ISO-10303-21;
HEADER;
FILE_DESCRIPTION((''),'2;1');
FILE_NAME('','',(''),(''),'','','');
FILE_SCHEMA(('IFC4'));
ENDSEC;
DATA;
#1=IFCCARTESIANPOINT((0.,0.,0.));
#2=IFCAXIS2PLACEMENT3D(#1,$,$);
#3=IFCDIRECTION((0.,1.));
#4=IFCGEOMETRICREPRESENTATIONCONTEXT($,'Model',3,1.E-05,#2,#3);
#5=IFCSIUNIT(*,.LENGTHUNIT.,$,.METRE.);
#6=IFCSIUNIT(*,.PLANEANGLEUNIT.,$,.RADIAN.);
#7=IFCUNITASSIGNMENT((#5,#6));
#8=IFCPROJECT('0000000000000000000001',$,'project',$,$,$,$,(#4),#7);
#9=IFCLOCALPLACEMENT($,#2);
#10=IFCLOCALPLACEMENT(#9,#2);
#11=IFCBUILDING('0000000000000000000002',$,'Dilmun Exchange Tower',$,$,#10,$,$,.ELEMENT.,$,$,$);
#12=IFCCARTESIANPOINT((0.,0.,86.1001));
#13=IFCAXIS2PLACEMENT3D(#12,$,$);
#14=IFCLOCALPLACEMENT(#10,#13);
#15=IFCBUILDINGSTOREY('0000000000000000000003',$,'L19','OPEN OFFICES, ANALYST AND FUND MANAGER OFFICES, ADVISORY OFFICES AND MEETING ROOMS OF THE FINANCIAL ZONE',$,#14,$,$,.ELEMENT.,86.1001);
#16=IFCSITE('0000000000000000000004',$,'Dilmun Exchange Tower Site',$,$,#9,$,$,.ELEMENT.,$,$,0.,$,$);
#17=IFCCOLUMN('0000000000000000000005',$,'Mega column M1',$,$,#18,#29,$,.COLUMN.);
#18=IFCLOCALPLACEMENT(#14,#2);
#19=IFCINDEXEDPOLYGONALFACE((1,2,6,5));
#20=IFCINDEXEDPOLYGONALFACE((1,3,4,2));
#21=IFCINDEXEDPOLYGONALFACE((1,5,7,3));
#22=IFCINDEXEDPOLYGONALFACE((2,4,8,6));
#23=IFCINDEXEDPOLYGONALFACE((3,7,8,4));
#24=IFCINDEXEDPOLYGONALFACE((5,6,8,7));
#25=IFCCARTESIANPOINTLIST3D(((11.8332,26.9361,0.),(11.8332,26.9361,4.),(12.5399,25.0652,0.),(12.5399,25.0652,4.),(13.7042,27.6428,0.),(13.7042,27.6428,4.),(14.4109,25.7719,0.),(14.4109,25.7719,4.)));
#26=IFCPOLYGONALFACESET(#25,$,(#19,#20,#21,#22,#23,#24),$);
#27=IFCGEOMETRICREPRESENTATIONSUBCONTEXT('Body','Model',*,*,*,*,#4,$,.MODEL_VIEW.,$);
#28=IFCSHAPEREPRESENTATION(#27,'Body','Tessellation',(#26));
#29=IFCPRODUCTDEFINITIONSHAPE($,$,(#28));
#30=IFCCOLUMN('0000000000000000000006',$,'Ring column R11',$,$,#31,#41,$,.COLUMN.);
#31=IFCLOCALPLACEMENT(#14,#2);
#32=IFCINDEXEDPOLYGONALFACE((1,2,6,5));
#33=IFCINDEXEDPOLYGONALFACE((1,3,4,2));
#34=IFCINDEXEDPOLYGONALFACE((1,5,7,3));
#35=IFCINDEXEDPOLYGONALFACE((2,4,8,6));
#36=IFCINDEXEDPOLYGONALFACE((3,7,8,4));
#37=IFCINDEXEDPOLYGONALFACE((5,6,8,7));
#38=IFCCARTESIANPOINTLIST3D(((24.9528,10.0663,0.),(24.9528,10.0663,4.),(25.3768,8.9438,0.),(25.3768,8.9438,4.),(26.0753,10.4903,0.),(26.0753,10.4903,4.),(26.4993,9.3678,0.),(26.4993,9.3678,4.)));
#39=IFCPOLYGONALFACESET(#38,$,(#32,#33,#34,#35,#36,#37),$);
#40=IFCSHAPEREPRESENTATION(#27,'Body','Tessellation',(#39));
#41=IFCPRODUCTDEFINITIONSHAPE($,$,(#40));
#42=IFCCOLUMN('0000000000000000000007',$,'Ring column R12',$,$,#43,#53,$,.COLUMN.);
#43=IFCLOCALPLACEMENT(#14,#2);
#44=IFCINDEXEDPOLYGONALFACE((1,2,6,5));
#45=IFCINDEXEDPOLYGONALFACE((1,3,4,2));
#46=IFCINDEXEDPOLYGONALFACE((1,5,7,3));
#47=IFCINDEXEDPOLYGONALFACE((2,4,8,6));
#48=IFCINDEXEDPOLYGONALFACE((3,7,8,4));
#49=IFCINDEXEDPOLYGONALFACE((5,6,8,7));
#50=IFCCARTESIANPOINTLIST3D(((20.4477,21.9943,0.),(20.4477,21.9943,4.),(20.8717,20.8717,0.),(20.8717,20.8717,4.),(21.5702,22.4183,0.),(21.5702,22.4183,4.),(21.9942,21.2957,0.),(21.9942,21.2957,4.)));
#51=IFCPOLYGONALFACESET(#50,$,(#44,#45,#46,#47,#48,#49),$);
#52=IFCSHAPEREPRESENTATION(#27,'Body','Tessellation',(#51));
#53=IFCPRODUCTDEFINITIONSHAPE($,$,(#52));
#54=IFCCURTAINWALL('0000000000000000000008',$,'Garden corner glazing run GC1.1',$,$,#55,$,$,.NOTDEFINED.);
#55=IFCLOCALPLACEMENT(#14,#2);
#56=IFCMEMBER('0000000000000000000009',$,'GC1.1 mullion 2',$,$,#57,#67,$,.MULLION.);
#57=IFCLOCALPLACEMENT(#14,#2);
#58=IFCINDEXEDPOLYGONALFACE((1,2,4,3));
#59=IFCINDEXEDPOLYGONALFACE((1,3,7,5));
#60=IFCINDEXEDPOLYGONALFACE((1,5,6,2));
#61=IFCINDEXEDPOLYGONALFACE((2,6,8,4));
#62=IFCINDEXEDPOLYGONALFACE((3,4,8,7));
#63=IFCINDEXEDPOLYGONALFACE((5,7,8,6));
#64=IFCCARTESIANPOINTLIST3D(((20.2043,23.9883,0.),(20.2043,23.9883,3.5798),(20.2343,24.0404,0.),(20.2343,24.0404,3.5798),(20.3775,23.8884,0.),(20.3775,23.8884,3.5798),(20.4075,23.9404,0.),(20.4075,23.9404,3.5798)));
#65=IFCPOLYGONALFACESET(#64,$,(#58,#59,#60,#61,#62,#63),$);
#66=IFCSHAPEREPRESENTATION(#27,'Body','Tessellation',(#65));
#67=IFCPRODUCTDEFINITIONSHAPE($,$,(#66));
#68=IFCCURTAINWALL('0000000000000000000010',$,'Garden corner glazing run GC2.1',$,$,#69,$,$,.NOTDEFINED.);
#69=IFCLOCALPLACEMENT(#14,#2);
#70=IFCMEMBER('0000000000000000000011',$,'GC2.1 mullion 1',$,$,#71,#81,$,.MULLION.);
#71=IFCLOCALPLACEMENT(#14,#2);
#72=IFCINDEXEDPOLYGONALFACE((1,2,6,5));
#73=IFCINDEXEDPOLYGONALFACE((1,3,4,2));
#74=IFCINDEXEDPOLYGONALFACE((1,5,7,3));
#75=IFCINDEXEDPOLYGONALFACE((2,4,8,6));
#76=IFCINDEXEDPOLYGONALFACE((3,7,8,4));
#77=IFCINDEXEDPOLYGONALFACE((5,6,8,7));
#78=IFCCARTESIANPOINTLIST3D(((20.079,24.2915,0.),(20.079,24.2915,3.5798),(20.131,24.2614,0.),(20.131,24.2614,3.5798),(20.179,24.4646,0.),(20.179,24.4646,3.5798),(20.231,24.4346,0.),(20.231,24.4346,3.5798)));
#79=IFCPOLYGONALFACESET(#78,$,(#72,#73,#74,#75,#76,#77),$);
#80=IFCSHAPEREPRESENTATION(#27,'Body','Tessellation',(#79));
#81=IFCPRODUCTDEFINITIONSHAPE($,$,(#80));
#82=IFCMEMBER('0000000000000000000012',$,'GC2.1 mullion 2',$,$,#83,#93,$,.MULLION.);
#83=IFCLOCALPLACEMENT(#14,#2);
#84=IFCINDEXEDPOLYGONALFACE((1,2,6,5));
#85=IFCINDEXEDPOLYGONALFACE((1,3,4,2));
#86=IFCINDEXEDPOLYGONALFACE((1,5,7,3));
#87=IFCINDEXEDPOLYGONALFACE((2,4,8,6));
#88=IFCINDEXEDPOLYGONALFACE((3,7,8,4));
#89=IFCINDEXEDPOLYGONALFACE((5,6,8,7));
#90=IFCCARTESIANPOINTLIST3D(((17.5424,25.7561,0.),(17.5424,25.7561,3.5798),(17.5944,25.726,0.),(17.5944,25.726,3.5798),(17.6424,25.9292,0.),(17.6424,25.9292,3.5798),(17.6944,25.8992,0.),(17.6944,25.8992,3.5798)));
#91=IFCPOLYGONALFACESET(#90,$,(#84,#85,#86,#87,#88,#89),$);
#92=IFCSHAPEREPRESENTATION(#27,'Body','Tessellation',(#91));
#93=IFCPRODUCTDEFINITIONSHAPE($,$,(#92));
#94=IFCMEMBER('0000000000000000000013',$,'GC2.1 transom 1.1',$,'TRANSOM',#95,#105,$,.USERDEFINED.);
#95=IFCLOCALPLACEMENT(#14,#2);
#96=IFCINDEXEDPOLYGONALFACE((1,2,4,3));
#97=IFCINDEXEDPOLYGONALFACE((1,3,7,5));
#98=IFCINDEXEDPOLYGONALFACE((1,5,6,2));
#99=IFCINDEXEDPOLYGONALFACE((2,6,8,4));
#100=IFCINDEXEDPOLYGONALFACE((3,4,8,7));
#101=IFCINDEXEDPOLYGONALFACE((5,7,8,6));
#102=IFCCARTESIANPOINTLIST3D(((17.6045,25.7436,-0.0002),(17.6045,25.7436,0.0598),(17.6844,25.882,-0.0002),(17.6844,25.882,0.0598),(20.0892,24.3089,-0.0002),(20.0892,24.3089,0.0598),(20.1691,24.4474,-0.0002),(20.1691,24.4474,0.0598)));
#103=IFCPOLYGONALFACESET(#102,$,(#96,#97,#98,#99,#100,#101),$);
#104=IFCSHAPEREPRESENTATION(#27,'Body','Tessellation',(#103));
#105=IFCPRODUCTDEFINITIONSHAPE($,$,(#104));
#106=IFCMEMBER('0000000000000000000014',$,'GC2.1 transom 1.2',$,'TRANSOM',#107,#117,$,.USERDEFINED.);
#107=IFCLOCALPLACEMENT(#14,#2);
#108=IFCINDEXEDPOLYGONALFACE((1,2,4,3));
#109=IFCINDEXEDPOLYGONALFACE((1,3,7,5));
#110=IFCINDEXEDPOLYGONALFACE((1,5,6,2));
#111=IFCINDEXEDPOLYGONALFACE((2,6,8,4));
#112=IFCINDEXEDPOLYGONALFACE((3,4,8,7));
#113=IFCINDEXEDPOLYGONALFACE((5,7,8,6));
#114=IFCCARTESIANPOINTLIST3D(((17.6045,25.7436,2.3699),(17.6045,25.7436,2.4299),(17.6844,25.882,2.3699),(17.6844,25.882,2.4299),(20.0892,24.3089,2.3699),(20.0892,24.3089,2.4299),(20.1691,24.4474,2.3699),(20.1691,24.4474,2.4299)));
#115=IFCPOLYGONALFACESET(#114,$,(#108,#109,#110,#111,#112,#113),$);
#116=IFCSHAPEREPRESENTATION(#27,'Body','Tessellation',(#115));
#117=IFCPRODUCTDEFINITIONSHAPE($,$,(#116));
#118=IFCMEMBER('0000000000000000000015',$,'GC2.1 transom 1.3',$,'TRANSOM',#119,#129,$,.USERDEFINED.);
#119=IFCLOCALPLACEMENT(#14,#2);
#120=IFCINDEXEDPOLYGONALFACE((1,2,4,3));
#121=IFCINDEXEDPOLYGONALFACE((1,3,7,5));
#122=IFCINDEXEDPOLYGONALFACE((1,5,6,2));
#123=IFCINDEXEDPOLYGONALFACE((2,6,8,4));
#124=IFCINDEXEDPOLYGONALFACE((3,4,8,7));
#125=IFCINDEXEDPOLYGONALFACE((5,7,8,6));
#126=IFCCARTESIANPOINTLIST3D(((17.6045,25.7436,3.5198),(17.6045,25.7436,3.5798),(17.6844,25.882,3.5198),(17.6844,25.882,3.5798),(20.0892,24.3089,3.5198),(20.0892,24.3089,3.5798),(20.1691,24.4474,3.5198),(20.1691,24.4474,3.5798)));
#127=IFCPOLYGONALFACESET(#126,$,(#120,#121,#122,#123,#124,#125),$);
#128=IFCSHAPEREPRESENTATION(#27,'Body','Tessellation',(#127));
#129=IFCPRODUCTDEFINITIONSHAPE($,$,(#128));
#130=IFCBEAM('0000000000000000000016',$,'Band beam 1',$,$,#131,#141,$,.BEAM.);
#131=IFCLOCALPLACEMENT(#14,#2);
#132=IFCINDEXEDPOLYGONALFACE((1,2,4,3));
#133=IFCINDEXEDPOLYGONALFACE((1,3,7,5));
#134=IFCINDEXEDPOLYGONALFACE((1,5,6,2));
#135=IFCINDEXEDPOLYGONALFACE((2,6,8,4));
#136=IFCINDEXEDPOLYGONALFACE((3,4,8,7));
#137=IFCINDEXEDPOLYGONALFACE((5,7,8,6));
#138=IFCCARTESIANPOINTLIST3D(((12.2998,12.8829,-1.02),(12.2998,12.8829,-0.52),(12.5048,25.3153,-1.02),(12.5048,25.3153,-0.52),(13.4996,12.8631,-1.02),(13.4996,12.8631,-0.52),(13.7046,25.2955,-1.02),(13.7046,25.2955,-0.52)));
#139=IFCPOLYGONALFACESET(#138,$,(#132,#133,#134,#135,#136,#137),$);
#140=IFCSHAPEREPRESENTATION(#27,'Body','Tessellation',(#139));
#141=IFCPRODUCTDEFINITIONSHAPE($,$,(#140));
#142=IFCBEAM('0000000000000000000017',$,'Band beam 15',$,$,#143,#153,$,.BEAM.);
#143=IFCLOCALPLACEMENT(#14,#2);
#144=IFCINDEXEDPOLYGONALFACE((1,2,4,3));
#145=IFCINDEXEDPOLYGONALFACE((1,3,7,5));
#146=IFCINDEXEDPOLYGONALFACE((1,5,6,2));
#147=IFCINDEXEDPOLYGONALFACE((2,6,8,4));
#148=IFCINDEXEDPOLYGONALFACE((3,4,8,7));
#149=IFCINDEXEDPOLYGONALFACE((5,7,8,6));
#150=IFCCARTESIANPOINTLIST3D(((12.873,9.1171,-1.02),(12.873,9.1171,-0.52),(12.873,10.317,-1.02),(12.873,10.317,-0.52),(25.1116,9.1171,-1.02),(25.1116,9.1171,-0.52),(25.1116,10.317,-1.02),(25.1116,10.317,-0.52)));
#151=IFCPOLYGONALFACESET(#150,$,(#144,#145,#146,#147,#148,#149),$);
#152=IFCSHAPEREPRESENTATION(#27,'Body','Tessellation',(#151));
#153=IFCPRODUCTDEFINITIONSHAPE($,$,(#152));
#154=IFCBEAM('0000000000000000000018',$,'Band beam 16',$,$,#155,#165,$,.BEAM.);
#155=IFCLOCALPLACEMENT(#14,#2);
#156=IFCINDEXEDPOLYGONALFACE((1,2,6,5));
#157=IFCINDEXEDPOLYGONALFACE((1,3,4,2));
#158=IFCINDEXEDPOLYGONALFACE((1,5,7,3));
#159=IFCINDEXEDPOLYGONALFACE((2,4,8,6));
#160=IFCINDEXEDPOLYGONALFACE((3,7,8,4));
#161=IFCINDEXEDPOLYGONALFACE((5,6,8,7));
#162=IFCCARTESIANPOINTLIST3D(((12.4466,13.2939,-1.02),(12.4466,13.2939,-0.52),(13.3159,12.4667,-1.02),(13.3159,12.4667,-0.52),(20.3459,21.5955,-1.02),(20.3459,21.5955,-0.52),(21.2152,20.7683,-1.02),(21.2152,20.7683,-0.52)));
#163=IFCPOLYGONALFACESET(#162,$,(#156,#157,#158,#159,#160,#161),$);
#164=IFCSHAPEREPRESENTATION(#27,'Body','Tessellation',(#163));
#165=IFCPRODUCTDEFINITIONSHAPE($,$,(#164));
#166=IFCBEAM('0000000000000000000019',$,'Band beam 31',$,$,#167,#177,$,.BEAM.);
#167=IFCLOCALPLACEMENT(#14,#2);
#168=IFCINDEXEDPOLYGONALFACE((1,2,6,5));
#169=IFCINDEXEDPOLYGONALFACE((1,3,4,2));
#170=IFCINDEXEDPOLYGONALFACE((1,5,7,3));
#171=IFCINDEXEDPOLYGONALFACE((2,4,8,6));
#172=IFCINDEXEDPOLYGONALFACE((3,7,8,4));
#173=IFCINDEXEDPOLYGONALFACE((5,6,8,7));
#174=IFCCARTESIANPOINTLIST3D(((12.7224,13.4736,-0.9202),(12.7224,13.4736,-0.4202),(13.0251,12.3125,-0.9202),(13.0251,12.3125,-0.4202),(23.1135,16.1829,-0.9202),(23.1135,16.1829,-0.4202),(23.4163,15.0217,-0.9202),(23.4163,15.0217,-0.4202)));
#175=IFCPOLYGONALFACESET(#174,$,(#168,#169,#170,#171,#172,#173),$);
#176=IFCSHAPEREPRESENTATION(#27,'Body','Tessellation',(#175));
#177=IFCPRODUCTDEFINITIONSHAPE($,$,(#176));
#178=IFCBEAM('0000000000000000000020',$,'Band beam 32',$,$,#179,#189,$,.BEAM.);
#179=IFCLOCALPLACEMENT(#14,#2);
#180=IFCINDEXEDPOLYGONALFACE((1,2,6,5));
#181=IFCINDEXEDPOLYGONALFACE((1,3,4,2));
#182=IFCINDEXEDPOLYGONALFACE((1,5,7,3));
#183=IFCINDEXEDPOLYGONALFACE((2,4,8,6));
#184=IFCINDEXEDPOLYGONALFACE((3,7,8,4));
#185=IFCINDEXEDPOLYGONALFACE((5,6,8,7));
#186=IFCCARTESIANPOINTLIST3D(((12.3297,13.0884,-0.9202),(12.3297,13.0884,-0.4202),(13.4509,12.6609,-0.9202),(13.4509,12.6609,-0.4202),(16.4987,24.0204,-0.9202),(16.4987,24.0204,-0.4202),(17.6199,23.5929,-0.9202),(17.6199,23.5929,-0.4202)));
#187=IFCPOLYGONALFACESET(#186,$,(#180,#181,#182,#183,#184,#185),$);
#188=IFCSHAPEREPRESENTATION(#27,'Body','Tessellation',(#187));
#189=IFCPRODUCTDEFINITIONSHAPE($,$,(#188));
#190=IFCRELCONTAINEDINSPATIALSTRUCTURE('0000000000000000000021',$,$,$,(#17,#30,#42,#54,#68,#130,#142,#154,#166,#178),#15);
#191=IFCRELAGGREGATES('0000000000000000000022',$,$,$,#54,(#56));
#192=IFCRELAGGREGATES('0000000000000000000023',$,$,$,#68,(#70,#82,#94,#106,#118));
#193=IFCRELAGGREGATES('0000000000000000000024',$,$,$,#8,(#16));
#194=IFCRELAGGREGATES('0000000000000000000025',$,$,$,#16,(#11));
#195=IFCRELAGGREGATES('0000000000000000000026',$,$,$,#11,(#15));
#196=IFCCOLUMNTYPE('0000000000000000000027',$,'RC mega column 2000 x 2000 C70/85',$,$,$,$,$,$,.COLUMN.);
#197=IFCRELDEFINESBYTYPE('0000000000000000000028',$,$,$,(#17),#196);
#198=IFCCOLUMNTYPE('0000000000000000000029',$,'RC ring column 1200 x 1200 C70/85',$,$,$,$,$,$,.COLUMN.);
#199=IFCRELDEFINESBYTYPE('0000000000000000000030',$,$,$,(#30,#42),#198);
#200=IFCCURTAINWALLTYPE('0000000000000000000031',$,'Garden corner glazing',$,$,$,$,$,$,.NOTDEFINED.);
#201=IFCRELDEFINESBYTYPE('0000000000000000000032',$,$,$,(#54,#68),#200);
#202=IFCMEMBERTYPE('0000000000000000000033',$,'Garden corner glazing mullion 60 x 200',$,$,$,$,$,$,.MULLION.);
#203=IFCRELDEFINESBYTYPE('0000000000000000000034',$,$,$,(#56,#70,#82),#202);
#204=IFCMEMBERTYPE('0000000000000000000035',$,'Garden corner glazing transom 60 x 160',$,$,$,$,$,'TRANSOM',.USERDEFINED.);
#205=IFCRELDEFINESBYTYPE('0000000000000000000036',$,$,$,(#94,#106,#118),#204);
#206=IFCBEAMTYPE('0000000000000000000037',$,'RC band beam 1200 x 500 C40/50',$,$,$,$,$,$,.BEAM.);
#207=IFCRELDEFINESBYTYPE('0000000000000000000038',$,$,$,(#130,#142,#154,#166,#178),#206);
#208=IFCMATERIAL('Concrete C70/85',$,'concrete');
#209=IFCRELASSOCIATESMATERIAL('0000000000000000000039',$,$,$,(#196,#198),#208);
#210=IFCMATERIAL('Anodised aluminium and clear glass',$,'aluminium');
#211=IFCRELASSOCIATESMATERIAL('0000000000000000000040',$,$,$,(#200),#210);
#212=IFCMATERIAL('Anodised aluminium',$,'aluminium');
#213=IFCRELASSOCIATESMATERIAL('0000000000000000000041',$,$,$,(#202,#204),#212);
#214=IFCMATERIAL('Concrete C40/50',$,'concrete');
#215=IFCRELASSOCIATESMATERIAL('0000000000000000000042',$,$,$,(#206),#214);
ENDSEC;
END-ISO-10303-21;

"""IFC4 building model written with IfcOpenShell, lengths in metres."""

from ifc_helpers import new_model, si_unit, direction, frame, origin, origin_2d, place, context, subcontext, project, spatial, rectangle, extrude, material, material_profile, profile_set, type_object, element, aggregate, save


model = new_model("IFC4")

# Units and contexts
model_context = context("Model", 3, precision=1e-05, world=origin(), true_north=direction((0.0, 1.0)))
body_context = subcontext(model_context, "Body", "Model", "MODEL_VIEW")
ifc_project = project(units=[si_unit("LENGTHUNIT", "METRE"), si_unit("PLANEANGLEUNIT", "RADIAN")], contexts=[model_context])

# Site, building, storey
site_placement = place(None, origin())
site = spatial("IfcSite", under=ifc_project, at=site_placement, Name="Dilmun Exchange Tower Site", CompositionType="ELEMENT", RefElevation=0.0)
building_placement = place(site_placement, origin())
building = spatial("IfcBuilding", under=site, at=building_placement, Name="Dilmun Exchange Tower", CompositionType="ELEMENT")
storey_placement = place(building_placement, frame((0.0, 0.0, 86.1001)))
storey = spatial("IfcBuildingStorey", under=building, at=storey_placement, Name="L19", Description="OPEN OFFICES, ANALYST AND FUND MANAGER OFFICES, ADVISORY OFFICES AND MEETING ROOMS OF THE FINANCIAL ZONE", CompositionType="ELEMENT", Elevation=86.1001)

# Columns
ifc_material_1 = material(Name="Concrete C70/85", Category="concrete")
ifc_material_profile_1 = material_profile(ifc_material_1, rectangle(XDim=2.0, YDim=2.0, at=origin_2d()), Name="2000 x 2000")
ifc_profile_set_1 = profile_set([ifc_material_profile_1], Name="Concrete C70/85")
column_type_1 = type_object("IfcColumnType", Name="RC mega column 2000 x 2000 C70/85", PredefinedType="COLUMN", material=ifc_profile_set_1)
column_placement = place(storey_placement, frame((13.1221, 26.354, 0.0), z_axis=(0.0, 0.0, 1.0), x_axis=(0.935492, 0.353349, 0.0)))
element("IfcColumn", 1, at=column_placement, inside=storey, type_object=column_type_1, Name="Mega column M1", PredefinedType="COLUMN", context=body_context, shape_type="SweptSolid", body=[
    extrude(rectangle(XDim=2.0, YDim=2.0, at=origin_2d()), origin(), (0.0, 0.0, 1.0), 4.0),
])
ifc_material_profile_2 = material_profile(ifc_material_1, rectangle(XDim=1.2, YDim=1.2, at=origin_2d()), Name="1200 x 1200")
ifc_profile_set_2 = profile_set([ifc_material_profile_2], Name="Concrete C70/85")
column_type_2 = type_object("IfcColumnType", Name="RC ring column 1200 x 1200 C70/85", PredefinedType="COLUMN", material=ifc_profile_set_2)
for number, where, z_axis, x_axis, name in (
    (2, (25.7261, 9.717, 0.0), (0.0, 0.0, 1.0), (0.935492, 0.353349, 0.0), "Ring column R11"),
    (3, (21.2209, 21.645, 0.0), (0.0, 0.0, 1.0), (0.935492, 0.353349, 0.0), "Ring column R12"),
):
    element("IfcColumn", number, at=place(storey_placement, frame(where, z_axis=z_axis, x_axis=x_axis)), inside=storey, type_object=column_type_2, Name=name, PredefinedType="COLUMN", context=body_context, shape_type="SweptSolid", body=[
        extrude(rectangle(XDim=1.2, YDim=1.2, at=origin_2d()), origin(), (0.0, 0.0, 1.0), 4.0),
    ])

# Curtain wall, member
ifc_material_2 = material(Name="Anodised aluminium and clear glass", Category="aluminium")
curtain_wall_type = type_object("IfcCurtainWallType", Name="Garden corner glazing", PredefinedType="NOTDEFINED", material=ifc_material_2)
curtain_wall_1_placement = place(storey_placement, origin())
curtain_wall_1 = element("IfcCurtainWall", 4, at=curtain_wall_1_placement, inside=storey, type_object=curtain_wall_type, Name="Garden corner glazing run GC1.1", PredefinedType="NOTDEFINED")
ifc_material_3 = material(Name="Anodised aluminium", Category="aluminium")
ifc_material_profile_3 = material_profile(ifc_material_3, rectangle(XDim=0.2, YDim=0.0601, at=origin_2d()), Name="AL 60x200")
ifc_profile_set_3 = profile_set([ifc_material_profile_3], Name="Anodised aluminium")
member_type_1 = type_object("IfcMemberType", Name="Garden corner glazing mullion 60 x 200", PredefinedType="MULLION", material=ifc_profile_set_3)
member_1_placement = place(storey_placement, frame((20.3059, 23.9644, 0.0), z_axis=(0.0, 0.0, 1.0), x_axis=(0.866021, -0.500008, 0.0)))
member_1 = element("IfcMember", 5, at=member_1_placement, type_object=member_type_1, Name="GC1.1 mullion 2", PredefinedType="MULLION", context=body_context, shape_type="SweptSolid", body=[
    extrude(rectangle(XDim=0.2, YDim=0.0601, at=origin_2d()), origin(), (0.0, 0.0, 1.0), 3.5798),
])

# Curtain wall, members
curtain_wall_2_placement = place(storey_placement, origin())
curtain_wall_2 = element("IfcCurtainWall", 6, at=curtain_wall_2_placement, inside=storey, type_object=curtain_wall_type, Name="Garden corner glazing run GC2.1", PredefinedType="NOTDEFINED")
member_2_placement = place(storey_placement, frame((20.155, 24.363, 0.0), z_axis=(0.0, 0.0, 1.0), x_axis=(-0.500018, -0.866015, 0.0)))
member_2 = element("IfcMember", 7, at=member_2_placement, type_object=member_type_1, Name="GC2.1 mullion 1", PredefinedType="MULLION", context=body_context, shape_type="SweptSolid", body=[
    extrude(rectangle(XDim=0.2, YDim=0.0601, at=origin_2d()), origin(), (0.0, 0.0, 1.0), 3.5798),
])
member_3_placement = place(storey_placement, frame((17.6184, 25.8276, 0.0), z_axis=(0.0, 0.0, 1.0), x_axis=(-0.500018, -0.866015, 0.0)))
member_3 = element("IfcMember", 8, at=member_3_placement, type_object=member_type_1, Name="GC2.1 mullion 2", PredefinedType="MULLION", context=body_context, shape_type="SweptSolid", body=[
    extrude(rectangle(XDim=0.2, YDim=0.0601, at=origin_2d()), origin(), (0.0, 0.0, 1.0), 3.5798),
])
ifc_material_profile_4 = material_profile(ifc_material_3, rectangle(XDim=0.1599, YDim=0.0601, at=origin_2d()), Name="AL 60x160")
ifc_profile_set_4 = profile_set([ifc_material_profile_4], Name="Anodised aluminium")
member_type_2 = type_object("IfcMemberType", Name="Garden corner glazing transom 60 x 160", ElementType="TRANSOM", PredefinedType="USERDEFINED", material=ifc_profile_set_4)
member_4_placement = place(storey_placement, frame((20.1292, 24.3782, 0.0298), z_axis=(-0.866014, 0.50002, 0.0), x_axis=(-0.50002, -0.866014, 0.0)))
member_4 = element("IfcMember", 9, at=member_4_placement, type_object=member_type_2, Name="GC2.1 transom 1.1", ObjectType="TRANSOM", PredefinedType="USERDEFINED", context=body_context, shape_type="SweptSolid", body=[
    extrude(rectangle(XDim=0.1599, YDim=0.0601, at=origin_2d()), origin(), (0.0, 0.0, 1.0), 2.8691),
])
member_5_placement = place(storey_placement, frame((20.1292, 24.3782, 2.3999), z_axis=(-0.866014, 0.50002, 0.0), x_axis=(-0.50002, -0.866014, 0.0)))
member_5 = element("IfcMember", 10, at=member_5_placement, type_object=member_type_2, Name="GC2.1 transom 1.2", ObjectType="TRANSOM", PredefinedType="USERDEFINED", context=body_context, shape_type="SweptSolid", body=[
    extrude(rectangle(XDim=0.1599, YDim=0.0601, at=origin_2d()), origin(), (0.0, 0.0, 1.0), 2.8691),
])
member_6_placement = place(storey_placement, frame((20.1292, 24.3782, 3.5498), z_axis=(-0.866014, 0.50002, 0.0), x_axis=(-0.50002, -0.866014, 0.0)))
member_6 = element("IfcMember", 11, at=member_6_placement, type_object=member_type_2, Name="GC2.1 transom 1.3", ObjectType="TRANSOM", PredefinedType="USERDEFINED", context=body_context, shape_type="SweptSolid", body=[
    extrude(rectangle(XDim=0.1599, YDim=0.0601, at=origin_2d()), origin(), (0.0, 0.0, 1.0), 2.8691),
])

# Beams
ifc_material_4 = material(Name="Concrete C40/50", Category="concrete")
ifc_material_profile_5 = material_profile(ifc_material_4, rectangle(XDim=1.2, YDim=0.5, at=origin_2d()), Name="1200 x 500")
ifc_profile_set_5 = profile_set([ifc_material_profile_5], Name="Concrete C40/50")
beam_type_1 = type_object("IfcBeamType", Name="RC band beam 1200 x 500 C40/50", PredefinedType="BEAM", material=ifc_profile_set_5)
beam_1_placement = place(storey_placement, frame((13.1047, 25.3054, -0.77), z_axis=(-0.016493, -0.999864, 0.0), x_axis=(0.999864, -0.016493, 0.0)))
element("IfcBeam", 12, at=beam_1_placement, inside=storey, type_object=beam_type_1, Name="Band beam 1", PredefinedType="BEAM", context=body_context, shape_type="SweptSolid", body=[
    extrude(rectangle(XDim=1.2, YDim=0.5, at=origin_2d()), origin(), (0.0, 0.0, 1.0), 12.4341),
])
beam_2_placement = place(storey_placement, frame((25.1116, 9.717, -0.77), z_axis=(-1.0, 0.0, 0.0), x_axis=(0.0, -1.0, 0.0)))
element("IfcBeam", 13, at=beam_2_placement, inside=storey, type_object=beam_type_1, Name="Band beam 15", PredefinedType="BEAM", context=body_context, shape_type="SweptSolid", body=[
    extrude(rectangle(XDim=1.2, YDim=0.5, at=origin_2d()), origin(), (0.0, 0.0, 1.0), 12.2385),
])
beam_3_placement = place(storey_placement, frame((20.7805, 21.1819, -0.77), z_axis=(-0.689333, -0.724444, 0.0), x_axis=(0.724444, -0.689333, 0.0)))
element("IfcBeam", 14, at=beam_3_placement, inside=storey, type_object=beam_type_1, Name="Band beam 16", PredefinedType="BEAM", context=body_context, shape_type="SweptSolid", body=[
    extrude(rectangle(XDim=1.2, YDim=0.5, at=origin_2d()), origin(), (0.0, 0.0, 1.0), 11.4592),
])
beam_4_placement = place(storey_placement, frame((23.2649, 15.6023, -0.6702), z_axis=(-0.967651, -0.252291, 0.0), x_axis=(0.252291, -0.967651, 0.0)))
element("IfcBeam", 15, at=beam_4_placement, inside=storey, type_object=beam_type_1, Name="Band beam 31", PredefinedType="BEAM", context=body_context, shape_type="SweptSolid", body=[
    extrude(rectangle(XDim=1.2, YDim=0.5, at=origin_2d()), origin(), (0.0, 0.0, 1.0), 10.7385),
])
beam_5_placement = place(storey_placement, frame((17.0593, 23.8066, -0.6702), z_axis=(-0.356325, -0.934362, 0.0), x_axis=(0.934362, -0.356325, 0.0)))
element("IfcBeam", 16, at=beam_5_placement, inside=storey, type_object=beam_type_1, Name="Band beam 32", PredefinedType="BEAM", context=body_context, shape_type="SweptSolid", body=[
    extrude(rectangle(XDim=1.2, YDim=0.5, at=origin_2d()), origin(), (0.0, 0.0, 1.0), 11.7),
])

aggregate(curtain_wall_1, [member_1])
aggregate(curtain_wall_2, [member_2, member_3, member_4, member_5, member_6])

save(model, "model.ifc")
